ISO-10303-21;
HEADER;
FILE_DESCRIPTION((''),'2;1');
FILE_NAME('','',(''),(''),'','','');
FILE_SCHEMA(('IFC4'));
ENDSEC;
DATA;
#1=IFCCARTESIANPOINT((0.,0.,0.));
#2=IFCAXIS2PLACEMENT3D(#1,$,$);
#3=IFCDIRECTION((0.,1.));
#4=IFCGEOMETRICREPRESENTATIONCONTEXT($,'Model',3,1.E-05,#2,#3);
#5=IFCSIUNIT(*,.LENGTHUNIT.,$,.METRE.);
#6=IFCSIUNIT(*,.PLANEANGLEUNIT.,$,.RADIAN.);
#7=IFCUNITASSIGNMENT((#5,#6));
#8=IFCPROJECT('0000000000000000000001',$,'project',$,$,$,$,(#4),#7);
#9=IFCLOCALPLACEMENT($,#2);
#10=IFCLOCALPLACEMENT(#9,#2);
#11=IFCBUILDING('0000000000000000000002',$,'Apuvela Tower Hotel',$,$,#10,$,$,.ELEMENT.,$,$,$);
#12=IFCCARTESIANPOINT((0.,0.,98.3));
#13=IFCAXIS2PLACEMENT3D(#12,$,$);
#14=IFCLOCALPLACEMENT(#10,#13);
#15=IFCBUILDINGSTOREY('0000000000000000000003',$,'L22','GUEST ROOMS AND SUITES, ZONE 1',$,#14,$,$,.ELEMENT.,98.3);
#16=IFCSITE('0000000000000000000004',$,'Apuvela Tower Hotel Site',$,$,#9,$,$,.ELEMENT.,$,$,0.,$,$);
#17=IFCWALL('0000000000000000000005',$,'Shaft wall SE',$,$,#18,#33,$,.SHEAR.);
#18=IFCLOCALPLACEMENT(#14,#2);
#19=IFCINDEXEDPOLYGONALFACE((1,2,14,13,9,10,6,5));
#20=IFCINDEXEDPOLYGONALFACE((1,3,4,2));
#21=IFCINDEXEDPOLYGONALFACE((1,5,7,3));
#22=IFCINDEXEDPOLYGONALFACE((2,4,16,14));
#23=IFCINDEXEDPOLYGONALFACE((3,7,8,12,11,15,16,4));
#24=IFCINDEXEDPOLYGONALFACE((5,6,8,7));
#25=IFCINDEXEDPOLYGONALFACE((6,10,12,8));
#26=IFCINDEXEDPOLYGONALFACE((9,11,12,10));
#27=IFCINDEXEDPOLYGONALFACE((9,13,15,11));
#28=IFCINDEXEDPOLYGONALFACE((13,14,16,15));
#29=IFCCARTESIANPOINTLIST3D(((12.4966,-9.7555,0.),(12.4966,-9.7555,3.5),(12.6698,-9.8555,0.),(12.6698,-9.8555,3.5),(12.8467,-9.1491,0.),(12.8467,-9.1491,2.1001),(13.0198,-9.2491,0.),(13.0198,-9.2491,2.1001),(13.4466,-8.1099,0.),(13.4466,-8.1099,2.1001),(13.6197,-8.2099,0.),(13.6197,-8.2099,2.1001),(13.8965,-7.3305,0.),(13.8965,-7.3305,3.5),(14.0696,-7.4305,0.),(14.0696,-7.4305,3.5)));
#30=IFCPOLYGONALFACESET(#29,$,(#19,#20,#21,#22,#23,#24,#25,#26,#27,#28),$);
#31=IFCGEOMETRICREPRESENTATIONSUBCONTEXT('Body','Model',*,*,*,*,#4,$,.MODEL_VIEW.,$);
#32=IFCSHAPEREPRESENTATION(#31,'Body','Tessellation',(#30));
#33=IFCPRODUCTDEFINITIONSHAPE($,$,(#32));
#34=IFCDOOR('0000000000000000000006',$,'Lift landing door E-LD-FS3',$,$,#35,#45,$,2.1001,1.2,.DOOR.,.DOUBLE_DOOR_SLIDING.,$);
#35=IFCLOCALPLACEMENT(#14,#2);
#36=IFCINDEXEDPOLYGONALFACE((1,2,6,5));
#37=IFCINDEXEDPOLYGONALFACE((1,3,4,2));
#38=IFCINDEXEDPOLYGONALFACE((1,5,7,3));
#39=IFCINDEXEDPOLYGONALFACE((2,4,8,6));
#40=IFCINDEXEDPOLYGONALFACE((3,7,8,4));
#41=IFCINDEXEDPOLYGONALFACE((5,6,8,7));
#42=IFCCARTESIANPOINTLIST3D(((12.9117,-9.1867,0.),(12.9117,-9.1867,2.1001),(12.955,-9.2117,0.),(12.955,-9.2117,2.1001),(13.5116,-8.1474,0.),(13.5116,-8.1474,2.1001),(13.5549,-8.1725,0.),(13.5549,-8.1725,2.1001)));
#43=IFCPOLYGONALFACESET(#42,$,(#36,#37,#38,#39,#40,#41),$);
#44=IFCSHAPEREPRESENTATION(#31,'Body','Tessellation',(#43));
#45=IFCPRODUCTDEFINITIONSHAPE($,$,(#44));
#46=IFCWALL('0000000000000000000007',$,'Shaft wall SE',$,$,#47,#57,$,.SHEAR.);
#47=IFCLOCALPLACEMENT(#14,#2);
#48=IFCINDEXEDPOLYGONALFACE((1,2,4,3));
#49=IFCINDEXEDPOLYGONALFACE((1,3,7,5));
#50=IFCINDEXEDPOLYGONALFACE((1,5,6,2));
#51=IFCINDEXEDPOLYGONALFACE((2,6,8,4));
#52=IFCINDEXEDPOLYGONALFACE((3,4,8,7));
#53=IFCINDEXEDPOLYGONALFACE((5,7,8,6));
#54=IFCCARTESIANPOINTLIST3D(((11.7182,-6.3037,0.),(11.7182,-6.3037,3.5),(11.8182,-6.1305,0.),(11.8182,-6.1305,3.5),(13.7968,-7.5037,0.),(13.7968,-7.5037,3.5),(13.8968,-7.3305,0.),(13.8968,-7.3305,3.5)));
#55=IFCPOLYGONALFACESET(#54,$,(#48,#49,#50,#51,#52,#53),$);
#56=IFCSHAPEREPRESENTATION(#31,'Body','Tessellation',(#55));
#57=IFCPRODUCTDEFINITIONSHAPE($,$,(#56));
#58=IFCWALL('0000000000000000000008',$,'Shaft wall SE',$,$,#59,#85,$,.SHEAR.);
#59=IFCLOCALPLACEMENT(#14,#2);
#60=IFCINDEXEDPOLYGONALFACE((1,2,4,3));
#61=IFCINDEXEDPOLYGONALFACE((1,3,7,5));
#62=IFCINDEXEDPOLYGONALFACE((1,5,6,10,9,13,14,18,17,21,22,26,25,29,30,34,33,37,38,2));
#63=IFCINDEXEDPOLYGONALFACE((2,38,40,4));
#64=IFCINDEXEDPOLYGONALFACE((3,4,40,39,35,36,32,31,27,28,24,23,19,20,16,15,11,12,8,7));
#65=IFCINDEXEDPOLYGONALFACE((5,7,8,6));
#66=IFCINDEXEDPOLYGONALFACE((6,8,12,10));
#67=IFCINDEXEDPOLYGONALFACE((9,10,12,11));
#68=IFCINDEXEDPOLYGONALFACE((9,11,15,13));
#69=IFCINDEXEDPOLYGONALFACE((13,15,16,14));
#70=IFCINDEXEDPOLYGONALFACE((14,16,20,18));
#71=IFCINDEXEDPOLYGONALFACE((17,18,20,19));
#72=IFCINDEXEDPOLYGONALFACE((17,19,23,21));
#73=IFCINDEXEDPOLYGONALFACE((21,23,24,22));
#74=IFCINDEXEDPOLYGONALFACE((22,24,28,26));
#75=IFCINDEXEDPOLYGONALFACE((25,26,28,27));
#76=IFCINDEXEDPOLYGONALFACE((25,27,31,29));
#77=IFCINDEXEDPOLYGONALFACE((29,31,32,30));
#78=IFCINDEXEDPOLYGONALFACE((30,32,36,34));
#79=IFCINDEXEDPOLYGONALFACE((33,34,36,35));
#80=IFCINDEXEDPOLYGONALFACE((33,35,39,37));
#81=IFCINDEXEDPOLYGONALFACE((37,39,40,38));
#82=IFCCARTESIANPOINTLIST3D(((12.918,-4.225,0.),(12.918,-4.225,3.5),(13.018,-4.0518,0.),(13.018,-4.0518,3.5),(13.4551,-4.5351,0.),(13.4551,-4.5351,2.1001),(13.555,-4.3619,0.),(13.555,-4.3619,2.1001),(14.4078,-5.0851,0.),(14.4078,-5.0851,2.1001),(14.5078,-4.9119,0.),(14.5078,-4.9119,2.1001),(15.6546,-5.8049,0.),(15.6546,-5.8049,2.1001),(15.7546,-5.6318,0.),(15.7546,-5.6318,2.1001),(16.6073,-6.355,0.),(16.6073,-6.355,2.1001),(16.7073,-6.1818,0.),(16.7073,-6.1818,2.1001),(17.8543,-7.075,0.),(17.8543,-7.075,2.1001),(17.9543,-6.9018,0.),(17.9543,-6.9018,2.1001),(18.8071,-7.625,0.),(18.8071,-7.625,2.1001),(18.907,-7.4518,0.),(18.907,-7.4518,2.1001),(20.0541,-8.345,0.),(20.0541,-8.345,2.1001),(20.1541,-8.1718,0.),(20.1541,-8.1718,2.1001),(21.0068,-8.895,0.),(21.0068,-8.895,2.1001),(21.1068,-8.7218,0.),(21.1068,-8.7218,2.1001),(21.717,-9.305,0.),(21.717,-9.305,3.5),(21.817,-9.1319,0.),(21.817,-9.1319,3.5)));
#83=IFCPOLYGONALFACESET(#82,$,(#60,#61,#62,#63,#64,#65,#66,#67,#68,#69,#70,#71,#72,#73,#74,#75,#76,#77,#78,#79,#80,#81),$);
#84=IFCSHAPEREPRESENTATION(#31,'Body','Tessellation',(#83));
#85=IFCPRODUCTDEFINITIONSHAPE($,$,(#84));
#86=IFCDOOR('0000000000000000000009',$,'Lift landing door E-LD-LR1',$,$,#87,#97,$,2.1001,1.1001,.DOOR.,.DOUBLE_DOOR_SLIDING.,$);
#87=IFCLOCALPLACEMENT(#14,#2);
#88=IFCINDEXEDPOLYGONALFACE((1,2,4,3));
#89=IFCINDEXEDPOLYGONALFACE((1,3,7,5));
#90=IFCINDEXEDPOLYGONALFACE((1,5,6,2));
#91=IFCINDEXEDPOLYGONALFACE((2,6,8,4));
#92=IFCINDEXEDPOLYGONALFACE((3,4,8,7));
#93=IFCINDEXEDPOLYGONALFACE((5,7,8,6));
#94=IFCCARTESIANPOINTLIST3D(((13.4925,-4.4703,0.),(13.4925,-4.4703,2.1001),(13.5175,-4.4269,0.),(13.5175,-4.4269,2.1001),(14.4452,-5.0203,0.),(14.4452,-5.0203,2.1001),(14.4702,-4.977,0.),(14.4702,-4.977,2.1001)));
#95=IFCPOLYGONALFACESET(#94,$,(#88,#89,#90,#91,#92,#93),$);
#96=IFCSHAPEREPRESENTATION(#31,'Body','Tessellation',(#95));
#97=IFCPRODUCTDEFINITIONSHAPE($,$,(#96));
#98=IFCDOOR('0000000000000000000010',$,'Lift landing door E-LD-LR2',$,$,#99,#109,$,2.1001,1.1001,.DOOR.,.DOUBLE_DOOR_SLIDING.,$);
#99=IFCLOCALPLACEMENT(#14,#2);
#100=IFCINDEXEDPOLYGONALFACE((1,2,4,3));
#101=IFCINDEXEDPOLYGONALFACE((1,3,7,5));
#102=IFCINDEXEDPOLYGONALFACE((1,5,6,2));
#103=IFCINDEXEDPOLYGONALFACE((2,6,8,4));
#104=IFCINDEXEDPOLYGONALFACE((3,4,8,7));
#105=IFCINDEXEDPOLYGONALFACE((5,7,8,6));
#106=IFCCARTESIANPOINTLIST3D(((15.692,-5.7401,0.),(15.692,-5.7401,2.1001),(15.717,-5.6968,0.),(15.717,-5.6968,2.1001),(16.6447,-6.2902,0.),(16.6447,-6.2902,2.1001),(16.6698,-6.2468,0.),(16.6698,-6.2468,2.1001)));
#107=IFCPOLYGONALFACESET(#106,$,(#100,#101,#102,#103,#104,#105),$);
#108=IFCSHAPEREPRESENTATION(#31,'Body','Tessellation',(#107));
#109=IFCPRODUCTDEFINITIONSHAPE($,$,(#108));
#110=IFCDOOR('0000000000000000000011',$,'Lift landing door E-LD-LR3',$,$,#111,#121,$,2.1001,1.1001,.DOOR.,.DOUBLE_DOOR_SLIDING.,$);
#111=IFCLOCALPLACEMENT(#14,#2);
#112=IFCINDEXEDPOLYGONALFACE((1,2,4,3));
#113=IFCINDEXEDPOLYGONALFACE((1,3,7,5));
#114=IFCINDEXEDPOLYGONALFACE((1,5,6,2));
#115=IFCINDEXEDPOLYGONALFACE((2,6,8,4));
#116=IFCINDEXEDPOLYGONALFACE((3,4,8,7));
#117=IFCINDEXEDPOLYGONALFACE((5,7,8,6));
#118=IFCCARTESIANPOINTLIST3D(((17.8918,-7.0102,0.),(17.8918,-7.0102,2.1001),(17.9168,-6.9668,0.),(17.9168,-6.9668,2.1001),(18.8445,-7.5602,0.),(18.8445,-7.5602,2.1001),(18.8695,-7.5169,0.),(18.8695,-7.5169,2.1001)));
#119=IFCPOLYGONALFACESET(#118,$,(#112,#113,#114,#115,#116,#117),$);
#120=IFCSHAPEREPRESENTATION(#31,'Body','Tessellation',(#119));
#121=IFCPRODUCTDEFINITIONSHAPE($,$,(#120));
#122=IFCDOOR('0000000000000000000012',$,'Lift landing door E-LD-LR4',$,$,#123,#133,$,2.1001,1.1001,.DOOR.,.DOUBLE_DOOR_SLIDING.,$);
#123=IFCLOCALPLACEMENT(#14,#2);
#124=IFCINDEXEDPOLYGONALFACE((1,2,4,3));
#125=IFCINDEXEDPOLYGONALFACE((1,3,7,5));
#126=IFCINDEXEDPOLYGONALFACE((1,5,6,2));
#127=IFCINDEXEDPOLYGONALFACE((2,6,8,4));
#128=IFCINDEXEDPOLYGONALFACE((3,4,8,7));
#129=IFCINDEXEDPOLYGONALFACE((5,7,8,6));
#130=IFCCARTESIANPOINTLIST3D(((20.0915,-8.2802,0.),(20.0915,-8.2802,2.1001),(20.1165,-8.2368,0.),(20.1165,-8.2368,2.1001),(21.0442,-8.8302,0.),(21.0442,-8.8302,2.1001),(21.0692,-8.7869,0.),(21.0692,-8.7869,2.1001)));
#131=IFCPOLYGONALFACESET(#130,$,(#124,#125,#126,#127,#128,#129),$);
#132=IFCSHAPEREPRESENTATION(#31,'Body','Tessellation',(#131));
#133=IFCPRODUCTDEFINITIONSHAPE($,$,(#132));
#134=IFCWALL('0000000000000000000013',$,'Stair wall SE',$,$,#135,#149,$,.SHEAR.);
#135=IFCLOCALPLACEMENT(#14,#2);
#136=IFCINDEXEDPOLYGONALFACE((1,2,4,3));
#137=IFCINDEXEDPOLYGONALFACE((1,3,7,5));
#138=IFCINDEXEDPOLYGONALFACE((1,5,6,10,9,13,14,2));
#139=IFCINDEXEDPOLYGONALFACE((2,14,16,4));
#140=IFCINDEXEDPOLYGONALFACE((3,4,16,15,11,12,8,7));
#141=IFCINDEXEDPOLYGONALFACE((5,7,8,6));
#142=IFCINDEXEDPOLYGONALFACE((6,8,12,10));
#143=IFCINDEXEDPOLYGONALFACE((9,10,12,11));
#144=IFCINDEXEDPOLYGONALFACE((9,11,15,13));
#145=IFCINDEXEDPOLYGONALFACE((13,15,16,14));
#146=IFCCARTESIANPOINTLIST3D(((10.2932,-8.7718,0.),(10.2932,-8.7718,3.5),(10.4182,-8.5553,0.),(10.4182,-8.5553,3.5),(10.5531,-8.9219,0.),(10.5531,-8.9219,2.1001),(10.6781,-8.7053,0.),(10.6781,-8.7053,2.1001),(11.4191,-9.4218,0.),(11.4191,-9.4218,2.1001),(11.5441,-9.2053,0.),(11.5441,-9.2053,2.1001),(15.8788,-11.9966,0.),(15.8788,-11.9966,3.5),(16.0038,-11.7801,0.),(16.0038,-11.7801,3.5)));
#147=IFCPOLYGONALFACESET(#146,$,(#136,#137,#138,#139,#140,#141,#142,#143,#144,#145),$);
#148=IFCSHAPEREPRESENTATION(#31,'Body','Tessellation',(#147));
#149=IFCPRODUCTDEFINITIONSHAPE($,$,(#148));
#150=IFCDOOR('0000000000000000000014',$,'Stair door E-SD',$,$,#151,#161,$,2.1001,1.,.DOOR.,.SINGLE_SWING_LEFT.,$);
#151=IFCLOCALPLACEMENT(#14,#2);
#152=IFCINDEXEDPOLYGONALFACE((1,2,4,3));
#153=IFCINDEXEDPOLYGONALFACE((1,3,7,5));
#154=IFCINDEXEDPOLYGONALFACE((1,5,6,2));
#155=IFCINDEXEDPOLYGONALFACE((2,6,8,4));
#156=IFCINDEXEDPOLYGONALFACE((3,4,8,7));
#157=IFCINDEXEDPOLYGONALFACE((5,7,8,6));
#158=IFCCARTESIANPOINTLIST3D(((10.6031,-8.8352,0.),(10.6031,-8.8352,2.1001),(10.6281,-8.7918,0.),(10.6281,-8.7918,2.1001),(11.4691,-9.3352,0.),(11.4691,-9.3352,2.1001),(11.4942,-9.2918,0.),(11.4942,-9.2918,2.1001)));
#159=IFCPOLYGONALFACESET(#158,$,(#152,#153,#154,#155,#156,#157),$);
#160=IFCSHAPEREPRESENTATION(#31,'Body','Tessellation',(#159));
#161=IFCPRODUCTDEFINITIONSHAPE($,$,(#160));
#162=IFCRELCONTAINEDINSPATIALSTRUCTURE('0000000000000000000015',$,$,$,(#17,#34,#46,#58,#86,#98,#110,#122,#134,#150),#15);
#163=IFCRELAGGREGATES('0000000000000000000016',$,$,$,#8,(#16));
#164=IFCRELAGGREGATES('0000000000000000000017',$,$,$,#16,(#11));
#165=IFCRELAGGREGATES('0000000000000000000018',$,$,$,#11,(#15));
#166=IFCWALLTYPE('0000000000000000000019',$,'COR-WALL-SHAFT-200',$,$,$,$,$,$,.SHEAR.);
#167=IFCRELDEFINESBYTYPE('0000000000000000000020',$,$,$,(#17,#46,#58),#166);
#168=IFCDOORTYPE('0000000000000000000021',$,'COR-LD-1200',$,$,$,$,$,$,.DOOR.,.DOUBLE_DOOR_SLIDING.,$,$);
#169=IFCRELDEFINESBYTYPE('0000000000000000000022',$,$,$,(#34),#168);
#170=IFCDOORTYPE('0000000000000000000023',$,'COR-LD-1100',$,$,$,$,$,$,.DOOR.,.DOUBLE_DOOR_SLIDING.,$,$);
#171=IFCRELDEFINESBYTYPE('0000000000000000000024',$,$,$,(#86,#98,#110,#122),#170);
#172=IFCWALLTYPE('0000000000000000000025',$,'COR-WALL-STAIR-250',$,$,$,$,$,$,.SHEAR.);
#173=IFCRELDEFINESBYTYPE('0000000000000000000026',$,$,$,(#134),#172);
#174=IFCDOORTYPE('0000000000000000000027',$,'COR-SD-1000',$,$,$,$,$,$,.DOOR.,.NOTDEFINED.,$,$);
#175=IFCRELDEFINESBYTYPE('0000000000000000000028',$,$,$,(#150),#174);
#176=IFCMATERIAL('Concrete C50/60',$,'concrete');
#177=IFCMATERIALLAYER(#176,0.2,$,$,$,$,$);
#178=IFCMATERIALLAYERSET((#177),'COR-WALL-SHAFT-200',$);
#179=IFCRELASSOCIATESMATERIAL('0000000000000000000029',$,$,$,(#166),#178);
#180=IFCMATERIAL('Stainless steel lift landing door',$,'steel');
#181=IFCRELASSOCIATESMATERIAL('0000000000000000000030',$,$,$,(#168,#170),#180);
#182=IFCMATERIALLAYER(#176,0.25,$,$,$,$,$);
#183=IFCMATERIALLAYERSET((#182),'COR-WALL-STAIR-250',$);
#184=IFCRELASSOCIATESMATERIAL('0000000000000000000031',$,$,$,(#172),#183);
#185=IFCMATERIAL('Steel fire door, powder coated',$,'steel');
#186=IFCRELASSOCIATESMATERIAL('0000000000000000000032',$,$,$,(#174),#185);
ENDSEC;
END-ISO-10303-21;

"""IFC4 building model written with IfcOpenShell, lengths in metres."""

from ifc_helpers import new_model, si_unit, direction, frame, frame_2d, origin, place, context, subcontext, project, spatial, rectangle, extrude, material, layer, layer_set, type_object, element, fill, save


model = new_model("IFC4")

# Units and contexts
model_context = context("Model", 3, precision=1e-05, world=origin(), true_north=direction((0.0, 1.0)))
body_context = subcontext(model_context, "Body", "Model", "MODEL_VIEW")
ifc_project = project(units=[si_unit("LENGTHUNIT", "METRE"), si_unit("PLANEANGLEUNIT", "RADIAN")], contexts=[model_context])

# Site, building, storey
site_placement = place(None, origin())
site = spatial("IfcSite", under=ifc_project, at=site_placement, Name="Apuvela Tower Hotel Site", CompositionType="ELEMENT", RefElevation=0.0)
building_placement = place(site_placement, origin())
building = spatial("IfcBuilding", under=site, at=building_placement, Name="Apuvela Tower Hotel", CompositionType="ELEMENT")
storey_placement = place(building_placement, frame((0.0, 0.0, 98.3)))
storey = spatial("IfcBuildingStorey", under=building, at=storey_placement, Name="L22", Description="GUEST ROOMS AND SUITES, ZONE 1", CompositionType="ELEMENT", Elevation=98.3)

# Shared definitions
ifc_material_1 = material(Name="Concrete C50/60", Category="concrete")

# Shared definitions
ifc_material_2 = material(Name="Steel fire door, powder coated", Category="steel")

# Wall, opening, door
ifc_layer_1 = layer(ifc_material_1, 0.2)
ifc_layer_set_1 = layer_set([ifc_layer_1], Name="COR-WALL-SHAFT-200")
wall_type_1 = type_object("IfcWallType", Name="COR-WALL-SHAFT-200", PredefinedType="SHEAR", material=ifc_layer_set_1)
wall_1_placement = place(storey_placement, frame((12.5833, -9.8054, 0.0), z_axis=(0.0, 0.0, 1.0), x_axis=(0.499946, 0.866056, 0.0)))
wall_1 = element("IfcWall", 1, at=wall_1_placement, inside=storey, type_object=wall_type_1, Name="Shaft wall SE", PredefinedType="SHEAR", context=body_context, shape_type="SweptSolid", body=[
    extrude(rectangle(XDim=2.8, YDim=0.2, at=frame_2d((1.3999, 0.0))), origin(), (0.0, 0.0, 1.0), 3.5),
])
opening_1_placement = place(wall_1_placement, frame((0.7, 0.0, 0.0)))
opening_1 = element("IfcOpeningElement", 2, at=opening_1_placement, cuts=wall_1, PredefinedType="OPENING", context=body_context, shape_type="SweptSolid", body=[
    extrude(rectangle(XDim=1.2, YDim=2.1001, at=frame_2d((0.6001, 1.05))), frame((0.0, 0.1099, 0.0), z_axis=(0.0, -1.0, 0.0), x_axis=(1.0, 0.0, 0.0)), (0.0, 0.0, 1.0), 0.22),
])
ifc_material_3 = material(Name="Stainless steel lift landing door", Category="steel")
door_type_1 = type_object("IfcDoorType", Name="COR-LD-1200", OperationType="DOUBLE_DOOR_SLIDING", PredefinedType="DOOR", material=ifc_material_3)
door_1_placement = place(opening_1_placement, origin())
door_1 = element("IfcDoor", 3, at=door_1_placement, inside=storey, type_object=door_type_1, Name="Lift landing door E-LD-FS3", OperationType="DOUBLE_DOOR_SLIDING", OverallHeight=2.1001, OverallWidth=1.2, PredefinedType="DOOR", context=body_context, shape_type="SweptSolid", body=[
    extrude(rectangle(XDim=1.2, YDim=2.1001, at=frame_2d((0.6001, 1.05))), frame((0.0, 0.0249, 0.0), z_axis=(0.0, -1.0, 0.0), x_axis=(1.0, 0.0, 0.0)), (0.0, 0.0, 1.0), 0.05),
])
fill(opening_1, door_1)

# Wall
wall_2_placement = place(storey_placement, frame((11.7681, -6.217, 0.0), z_axis=(0.0, 0.0, 1.0), x_axis=(0.86605, -0.499957, 0.0)))
element("IfcWall", 4, at=wall_2_placement, inside=storey, type_object=wall_type_1, Name="Shaft wall SE", PredefinedType="SHEAR", context=body_context, shape_type="SweptSolid", body=[
    extrude(rectangle(XDim=2.4001, YDim=0.2, at=frame_2d((1.2002, 0.0))), origin(), (0.0, 0.0, 1.0), 3.5),
])

# Wall, openings, doors
wall_3_placement = place(storey_placement, frame((12.968, -4.1384, 0.0), z_axis=(0.0, 0.0, 1.0), x_axis=(0.866028, -0.499995, 0.0)))
wall_3 = element("IfcWall", 5, at=wall_3_placement, inside=storey, type_object=wall_type_1, Name="Shaft wall SE", PredefinedType="SHEAR", context=body_context, shape_type="SweptSolid", body=[
    extrude(rectangle(XDim=10.1602, YDim=0.2, at=frame_2d((5.0801, 0.0))), origin(), (0.0, 0.0, 1.0), 3.5),
])
opening_2_placement = place(wall_3_placement, frame((0.6201, 0.0, 0.0)))
opening_2 = element("IfcOpeningElement", 6, at=opening_2_placement, cuts=wall_3, PredefinedType="OPENING", context=body_context, shape_type="SweptSolid", body=[
    extrude(rectangle(XDim=1.1001, YDim=2.1001, at=frame_2d((0.55, 1.05))), frame((0.0, 0.1099, 0.0), z_axis=(0.0, -1.0, 0.0), x_axis=(1.0, 0.0, 0.0)), (0.0, 0.0, 1.0), 0.22),
])
opening_3_placement = place(wall_3_placement, frame((3.1599, 0.0, 0.0)))
opening_3 = element("IfcOpeningElement", 7, at=opening_3_placement, cuts=wall_3, PredefinedType="OPENING", context=body_context, shape_type="SweptSolid", body=[
    extrude(rectangle(XDim=1.1001, YDim=2.1001, at=frame_2d((0.55, 1.05))), frame((0.0, 0.1099, 0.0), z_axis=(0.0, -1.0, 0.0), x_axis=(1.0, 0.0, 0.0)), (0.0, 0.0, 1.0), 0.22),
])
opening_4_placement = place(wall_3_placement, frame((5.7, 0.0, 0.0)))
opening_4 = element("IfcOpeningElement", 8, at=opening_4_placement, cuts=wall_3, PredefinedType="OPENING", context=body_context, shape_type="SweptSolid", body=[
    extrude(rectangle(XDim=1.1001, YDim=2.1001, at=frame_2d((0.55, 1.05))), frame((0.0, 0.1099, 0.0), z_axis=(0.0, -1.0, 0.0), x_axis=(1.0, 0.0, 0.0)), (0.0, 0.0, 1.0), 0.22),
])
opening_5_placement = place(wall_3_placement, frame((8.24, 0.0, 0.0)))
opening_5 = element("IfcOpeningElement", 9, at=opening_5_placement, cuts=wall_3, PredefinedType="OPENING", context=body_context, shape_type="SweptSolid", body=[
    extrude(rectangle(XDim=1.1001, YDim=2.1001, at=frame_2d((0.55, 1.05))), frame((0.0, 0.1099, 0.0), z_axis=(0.0, -1.0, 0.0), x_axis=(1.0, 0.0, 0.0)), (0.0, 0.0, 1.0), 0.22),
])
door_type_2 = type_object("IfcDoorType", Name="COR-LD-1100", OperationType="DOUBLE_DOOR_SLIDING", PredefinedType="DOOR", material=ifc_material_3)
door_2_placement = place(opening_2_placement, origin())
door_2 = element("IfcDoor", 10, at=door_2_placement, inside=storey, type_object=door_type_2, Name="Lift landing door E-LD-LR1", OperationType="DOUBLE_DOOR_SLIDING", OverallHeight=2.1001, OverallWidth=1.1001, PredefinedType="DOOR", context=body_context, shape_type="SweptSolid", body=[
    extrude(rectangle(XDim=1.1001, YDim=2.1001, at=frame_2d((0.55, 1.05))), frame((0.0, 0.0249, 0.0), z_axis=(0.0, -1.0, 0.0), x_axis=(1.0, 0.0, 0.0)), (0.0, 0.0, 1.0), 0.05),
])
fill(opening_2, door_2)
door_3_placement = place(opening_3_placement, origin())
door_3 = element("IfcDoor", 11, at=door_3_placement, inside=storey, type_object=door_type_2, Name="Lift landing door E-LD-LR2", OperationType="DOUBLE_DOOR_SLIDING", OverallHeight=2.1001, OverallWidth=1.1001, PredefinedType="DOOR", context=body_context, shape_type="SweptSolid", body=[
    extrude(rectangle(XDim=1.1001, YDim=2.1001, at=frame_2d((0.55, 1.05))), frame((0.0, 0.0249, 0.0), z_axis=(0.0, -1.0, 0.0), x_axis=(1.0, 0.0, 0.0)), (0.0, 0.0, 1.0), 0.05),
])
fill(opening_3, door_3)
door_4_placement = place(opening_4_placement, origin())
door_4 = element("IfcDoor", 12, at=door_4_placement, inside=storey, type_object=door_type_2, Name="Lift landing door E-LD-LR3", OperationType="DOUBLE_DOOR_SLIDING", OverallHeight=2.1001, OverallWidth=1.1001, PredefinedType="DOOR", context=body_context, shape_type="SweptSolid", body=[
    extrude(rectangle(XDim=1.1001, YDim=2.1001, at=frame_2d((0.55, 1.05))), frame((0.0, 0.0249, 0.0), z_axis=(0.0, -1.0, 0.0), x_axis=(1.0, 0.0, 0.0)), (0.0, 0.0, 1.0), 0.05),
])
fill(opening_4, door_4)
door_5_placement = place(opening_5_placement, origin())
door_5 = element("IfcDoor", 13, at=door_5_placement, inside=storey, type_object=door_type_2, Name="Lift landing door E-LD-LR4", OperationType="DOUBLE_DOOR_SLIDING", OverallHeight=2.1001, OverallWidth=1.1001, PredefinedType="DOOR", context=body_context, shape_type="SweptSolid", body=[
    extrude(rectangle(XDim=1.1001, YDim=2.1001, at=frame_2d((0.55, 1.05))), frame((0.0, 0.0249, 0.0), z_axis=(0.0, -1.0, 0.0), x_axis=(1.0, 0.0, 0.0)), (0.0, 0.0, 1.0), 0.05),
])
fill(opening_5, door_5)

# Wall, opening, door
ifc_layer_2 = layer(ifc_material_1, 0.25)
ifc_layer_set_2 = layer_set([ifc_layer_2], Name="COR-WALL-STAIR-250")
wall_type_2 = type_object("IfcWallType", Name="COR-WALL-STAIR-250", PredefinedType="SHEAR", material=ifc_layer_set_2)
wall_4_placement = place(storey_placement, frame((10.3557, -8.6636, 0.0), z_axis=(0.0, 0.0, 1.0), x_axis=(0.866029, -0.499994, 0.0)))
wall_4 = element("IfcWall", 14, at=wall_4_placement, inside=storey, type_object=wall_type_2, Name="Stair wall SE", PredefinedType="SHEAR", context=body_context, shape_type="SweptSolid", body=[
    extrude(rectangle(XDim=6.4497, YDim=0.25, at=frame_2d((3.2249, 0.0))), origin(), (0.0, 0.0, 1.0), 3.5),
])
opening_6_placement = place(wall_4_placement, frame((0.3, 0.0, 0.0)))
opening_6 = element("IfcOpeningElement", 15, at=opening_6_placement, cuts=wall_4, PredefinedType="OPENING", context=body_context, shape_type="SweptSolid", body=[
    extrude(rectangle(XDim=1.0, YDim=2.1001, at=frame_2d((0.5, 1.05))), frame((0.0, 0.135, 0.0), z_axis=(0.0, -1.0, 0.0), x_axis=(1.0, 0.0, 0.0)), (0.0, 0.0, 1.0), 0.27),
])
door_type_3 = type_object("IfcDoorType", Name="COR-SD-1000", OperationType="NOTDEFINED", PredefinedType="DOOR", material=ifc_material_2)
door_6_placement = place(opening_6_placement, frame((1.0, 0.0, 0.0), z_axis=(0.0, 0.0, 1.0), x_axis=(-1.0, 0.0, 0.0)))
door_6 = element("IfcDoor", 16, at=door_6_placement, inside=storey, type_object=door_type_3, Name="Stair door E-SD", OperationType="SINGLE_SWING_LEFT", OverallHeight=2.1001, OverallWidth=1.0, PredefinedType="DOOR", context=body_context, shape_type="SweptSolid", body=[
    extrude(rectangle(XDim=1.0, YDim=2.1001, at=frame_2d((0.5, 1.05))), frame((0.0, 0.0249, 0.0), z_axis=(0.0, -1.0, 0.0), x_axis=(1.0, 0.0, 0.0)), (0.0, 0.0, 1.0), 0.05),
])
fill(opening_6, door_6)

save(model, "model.ifc")
